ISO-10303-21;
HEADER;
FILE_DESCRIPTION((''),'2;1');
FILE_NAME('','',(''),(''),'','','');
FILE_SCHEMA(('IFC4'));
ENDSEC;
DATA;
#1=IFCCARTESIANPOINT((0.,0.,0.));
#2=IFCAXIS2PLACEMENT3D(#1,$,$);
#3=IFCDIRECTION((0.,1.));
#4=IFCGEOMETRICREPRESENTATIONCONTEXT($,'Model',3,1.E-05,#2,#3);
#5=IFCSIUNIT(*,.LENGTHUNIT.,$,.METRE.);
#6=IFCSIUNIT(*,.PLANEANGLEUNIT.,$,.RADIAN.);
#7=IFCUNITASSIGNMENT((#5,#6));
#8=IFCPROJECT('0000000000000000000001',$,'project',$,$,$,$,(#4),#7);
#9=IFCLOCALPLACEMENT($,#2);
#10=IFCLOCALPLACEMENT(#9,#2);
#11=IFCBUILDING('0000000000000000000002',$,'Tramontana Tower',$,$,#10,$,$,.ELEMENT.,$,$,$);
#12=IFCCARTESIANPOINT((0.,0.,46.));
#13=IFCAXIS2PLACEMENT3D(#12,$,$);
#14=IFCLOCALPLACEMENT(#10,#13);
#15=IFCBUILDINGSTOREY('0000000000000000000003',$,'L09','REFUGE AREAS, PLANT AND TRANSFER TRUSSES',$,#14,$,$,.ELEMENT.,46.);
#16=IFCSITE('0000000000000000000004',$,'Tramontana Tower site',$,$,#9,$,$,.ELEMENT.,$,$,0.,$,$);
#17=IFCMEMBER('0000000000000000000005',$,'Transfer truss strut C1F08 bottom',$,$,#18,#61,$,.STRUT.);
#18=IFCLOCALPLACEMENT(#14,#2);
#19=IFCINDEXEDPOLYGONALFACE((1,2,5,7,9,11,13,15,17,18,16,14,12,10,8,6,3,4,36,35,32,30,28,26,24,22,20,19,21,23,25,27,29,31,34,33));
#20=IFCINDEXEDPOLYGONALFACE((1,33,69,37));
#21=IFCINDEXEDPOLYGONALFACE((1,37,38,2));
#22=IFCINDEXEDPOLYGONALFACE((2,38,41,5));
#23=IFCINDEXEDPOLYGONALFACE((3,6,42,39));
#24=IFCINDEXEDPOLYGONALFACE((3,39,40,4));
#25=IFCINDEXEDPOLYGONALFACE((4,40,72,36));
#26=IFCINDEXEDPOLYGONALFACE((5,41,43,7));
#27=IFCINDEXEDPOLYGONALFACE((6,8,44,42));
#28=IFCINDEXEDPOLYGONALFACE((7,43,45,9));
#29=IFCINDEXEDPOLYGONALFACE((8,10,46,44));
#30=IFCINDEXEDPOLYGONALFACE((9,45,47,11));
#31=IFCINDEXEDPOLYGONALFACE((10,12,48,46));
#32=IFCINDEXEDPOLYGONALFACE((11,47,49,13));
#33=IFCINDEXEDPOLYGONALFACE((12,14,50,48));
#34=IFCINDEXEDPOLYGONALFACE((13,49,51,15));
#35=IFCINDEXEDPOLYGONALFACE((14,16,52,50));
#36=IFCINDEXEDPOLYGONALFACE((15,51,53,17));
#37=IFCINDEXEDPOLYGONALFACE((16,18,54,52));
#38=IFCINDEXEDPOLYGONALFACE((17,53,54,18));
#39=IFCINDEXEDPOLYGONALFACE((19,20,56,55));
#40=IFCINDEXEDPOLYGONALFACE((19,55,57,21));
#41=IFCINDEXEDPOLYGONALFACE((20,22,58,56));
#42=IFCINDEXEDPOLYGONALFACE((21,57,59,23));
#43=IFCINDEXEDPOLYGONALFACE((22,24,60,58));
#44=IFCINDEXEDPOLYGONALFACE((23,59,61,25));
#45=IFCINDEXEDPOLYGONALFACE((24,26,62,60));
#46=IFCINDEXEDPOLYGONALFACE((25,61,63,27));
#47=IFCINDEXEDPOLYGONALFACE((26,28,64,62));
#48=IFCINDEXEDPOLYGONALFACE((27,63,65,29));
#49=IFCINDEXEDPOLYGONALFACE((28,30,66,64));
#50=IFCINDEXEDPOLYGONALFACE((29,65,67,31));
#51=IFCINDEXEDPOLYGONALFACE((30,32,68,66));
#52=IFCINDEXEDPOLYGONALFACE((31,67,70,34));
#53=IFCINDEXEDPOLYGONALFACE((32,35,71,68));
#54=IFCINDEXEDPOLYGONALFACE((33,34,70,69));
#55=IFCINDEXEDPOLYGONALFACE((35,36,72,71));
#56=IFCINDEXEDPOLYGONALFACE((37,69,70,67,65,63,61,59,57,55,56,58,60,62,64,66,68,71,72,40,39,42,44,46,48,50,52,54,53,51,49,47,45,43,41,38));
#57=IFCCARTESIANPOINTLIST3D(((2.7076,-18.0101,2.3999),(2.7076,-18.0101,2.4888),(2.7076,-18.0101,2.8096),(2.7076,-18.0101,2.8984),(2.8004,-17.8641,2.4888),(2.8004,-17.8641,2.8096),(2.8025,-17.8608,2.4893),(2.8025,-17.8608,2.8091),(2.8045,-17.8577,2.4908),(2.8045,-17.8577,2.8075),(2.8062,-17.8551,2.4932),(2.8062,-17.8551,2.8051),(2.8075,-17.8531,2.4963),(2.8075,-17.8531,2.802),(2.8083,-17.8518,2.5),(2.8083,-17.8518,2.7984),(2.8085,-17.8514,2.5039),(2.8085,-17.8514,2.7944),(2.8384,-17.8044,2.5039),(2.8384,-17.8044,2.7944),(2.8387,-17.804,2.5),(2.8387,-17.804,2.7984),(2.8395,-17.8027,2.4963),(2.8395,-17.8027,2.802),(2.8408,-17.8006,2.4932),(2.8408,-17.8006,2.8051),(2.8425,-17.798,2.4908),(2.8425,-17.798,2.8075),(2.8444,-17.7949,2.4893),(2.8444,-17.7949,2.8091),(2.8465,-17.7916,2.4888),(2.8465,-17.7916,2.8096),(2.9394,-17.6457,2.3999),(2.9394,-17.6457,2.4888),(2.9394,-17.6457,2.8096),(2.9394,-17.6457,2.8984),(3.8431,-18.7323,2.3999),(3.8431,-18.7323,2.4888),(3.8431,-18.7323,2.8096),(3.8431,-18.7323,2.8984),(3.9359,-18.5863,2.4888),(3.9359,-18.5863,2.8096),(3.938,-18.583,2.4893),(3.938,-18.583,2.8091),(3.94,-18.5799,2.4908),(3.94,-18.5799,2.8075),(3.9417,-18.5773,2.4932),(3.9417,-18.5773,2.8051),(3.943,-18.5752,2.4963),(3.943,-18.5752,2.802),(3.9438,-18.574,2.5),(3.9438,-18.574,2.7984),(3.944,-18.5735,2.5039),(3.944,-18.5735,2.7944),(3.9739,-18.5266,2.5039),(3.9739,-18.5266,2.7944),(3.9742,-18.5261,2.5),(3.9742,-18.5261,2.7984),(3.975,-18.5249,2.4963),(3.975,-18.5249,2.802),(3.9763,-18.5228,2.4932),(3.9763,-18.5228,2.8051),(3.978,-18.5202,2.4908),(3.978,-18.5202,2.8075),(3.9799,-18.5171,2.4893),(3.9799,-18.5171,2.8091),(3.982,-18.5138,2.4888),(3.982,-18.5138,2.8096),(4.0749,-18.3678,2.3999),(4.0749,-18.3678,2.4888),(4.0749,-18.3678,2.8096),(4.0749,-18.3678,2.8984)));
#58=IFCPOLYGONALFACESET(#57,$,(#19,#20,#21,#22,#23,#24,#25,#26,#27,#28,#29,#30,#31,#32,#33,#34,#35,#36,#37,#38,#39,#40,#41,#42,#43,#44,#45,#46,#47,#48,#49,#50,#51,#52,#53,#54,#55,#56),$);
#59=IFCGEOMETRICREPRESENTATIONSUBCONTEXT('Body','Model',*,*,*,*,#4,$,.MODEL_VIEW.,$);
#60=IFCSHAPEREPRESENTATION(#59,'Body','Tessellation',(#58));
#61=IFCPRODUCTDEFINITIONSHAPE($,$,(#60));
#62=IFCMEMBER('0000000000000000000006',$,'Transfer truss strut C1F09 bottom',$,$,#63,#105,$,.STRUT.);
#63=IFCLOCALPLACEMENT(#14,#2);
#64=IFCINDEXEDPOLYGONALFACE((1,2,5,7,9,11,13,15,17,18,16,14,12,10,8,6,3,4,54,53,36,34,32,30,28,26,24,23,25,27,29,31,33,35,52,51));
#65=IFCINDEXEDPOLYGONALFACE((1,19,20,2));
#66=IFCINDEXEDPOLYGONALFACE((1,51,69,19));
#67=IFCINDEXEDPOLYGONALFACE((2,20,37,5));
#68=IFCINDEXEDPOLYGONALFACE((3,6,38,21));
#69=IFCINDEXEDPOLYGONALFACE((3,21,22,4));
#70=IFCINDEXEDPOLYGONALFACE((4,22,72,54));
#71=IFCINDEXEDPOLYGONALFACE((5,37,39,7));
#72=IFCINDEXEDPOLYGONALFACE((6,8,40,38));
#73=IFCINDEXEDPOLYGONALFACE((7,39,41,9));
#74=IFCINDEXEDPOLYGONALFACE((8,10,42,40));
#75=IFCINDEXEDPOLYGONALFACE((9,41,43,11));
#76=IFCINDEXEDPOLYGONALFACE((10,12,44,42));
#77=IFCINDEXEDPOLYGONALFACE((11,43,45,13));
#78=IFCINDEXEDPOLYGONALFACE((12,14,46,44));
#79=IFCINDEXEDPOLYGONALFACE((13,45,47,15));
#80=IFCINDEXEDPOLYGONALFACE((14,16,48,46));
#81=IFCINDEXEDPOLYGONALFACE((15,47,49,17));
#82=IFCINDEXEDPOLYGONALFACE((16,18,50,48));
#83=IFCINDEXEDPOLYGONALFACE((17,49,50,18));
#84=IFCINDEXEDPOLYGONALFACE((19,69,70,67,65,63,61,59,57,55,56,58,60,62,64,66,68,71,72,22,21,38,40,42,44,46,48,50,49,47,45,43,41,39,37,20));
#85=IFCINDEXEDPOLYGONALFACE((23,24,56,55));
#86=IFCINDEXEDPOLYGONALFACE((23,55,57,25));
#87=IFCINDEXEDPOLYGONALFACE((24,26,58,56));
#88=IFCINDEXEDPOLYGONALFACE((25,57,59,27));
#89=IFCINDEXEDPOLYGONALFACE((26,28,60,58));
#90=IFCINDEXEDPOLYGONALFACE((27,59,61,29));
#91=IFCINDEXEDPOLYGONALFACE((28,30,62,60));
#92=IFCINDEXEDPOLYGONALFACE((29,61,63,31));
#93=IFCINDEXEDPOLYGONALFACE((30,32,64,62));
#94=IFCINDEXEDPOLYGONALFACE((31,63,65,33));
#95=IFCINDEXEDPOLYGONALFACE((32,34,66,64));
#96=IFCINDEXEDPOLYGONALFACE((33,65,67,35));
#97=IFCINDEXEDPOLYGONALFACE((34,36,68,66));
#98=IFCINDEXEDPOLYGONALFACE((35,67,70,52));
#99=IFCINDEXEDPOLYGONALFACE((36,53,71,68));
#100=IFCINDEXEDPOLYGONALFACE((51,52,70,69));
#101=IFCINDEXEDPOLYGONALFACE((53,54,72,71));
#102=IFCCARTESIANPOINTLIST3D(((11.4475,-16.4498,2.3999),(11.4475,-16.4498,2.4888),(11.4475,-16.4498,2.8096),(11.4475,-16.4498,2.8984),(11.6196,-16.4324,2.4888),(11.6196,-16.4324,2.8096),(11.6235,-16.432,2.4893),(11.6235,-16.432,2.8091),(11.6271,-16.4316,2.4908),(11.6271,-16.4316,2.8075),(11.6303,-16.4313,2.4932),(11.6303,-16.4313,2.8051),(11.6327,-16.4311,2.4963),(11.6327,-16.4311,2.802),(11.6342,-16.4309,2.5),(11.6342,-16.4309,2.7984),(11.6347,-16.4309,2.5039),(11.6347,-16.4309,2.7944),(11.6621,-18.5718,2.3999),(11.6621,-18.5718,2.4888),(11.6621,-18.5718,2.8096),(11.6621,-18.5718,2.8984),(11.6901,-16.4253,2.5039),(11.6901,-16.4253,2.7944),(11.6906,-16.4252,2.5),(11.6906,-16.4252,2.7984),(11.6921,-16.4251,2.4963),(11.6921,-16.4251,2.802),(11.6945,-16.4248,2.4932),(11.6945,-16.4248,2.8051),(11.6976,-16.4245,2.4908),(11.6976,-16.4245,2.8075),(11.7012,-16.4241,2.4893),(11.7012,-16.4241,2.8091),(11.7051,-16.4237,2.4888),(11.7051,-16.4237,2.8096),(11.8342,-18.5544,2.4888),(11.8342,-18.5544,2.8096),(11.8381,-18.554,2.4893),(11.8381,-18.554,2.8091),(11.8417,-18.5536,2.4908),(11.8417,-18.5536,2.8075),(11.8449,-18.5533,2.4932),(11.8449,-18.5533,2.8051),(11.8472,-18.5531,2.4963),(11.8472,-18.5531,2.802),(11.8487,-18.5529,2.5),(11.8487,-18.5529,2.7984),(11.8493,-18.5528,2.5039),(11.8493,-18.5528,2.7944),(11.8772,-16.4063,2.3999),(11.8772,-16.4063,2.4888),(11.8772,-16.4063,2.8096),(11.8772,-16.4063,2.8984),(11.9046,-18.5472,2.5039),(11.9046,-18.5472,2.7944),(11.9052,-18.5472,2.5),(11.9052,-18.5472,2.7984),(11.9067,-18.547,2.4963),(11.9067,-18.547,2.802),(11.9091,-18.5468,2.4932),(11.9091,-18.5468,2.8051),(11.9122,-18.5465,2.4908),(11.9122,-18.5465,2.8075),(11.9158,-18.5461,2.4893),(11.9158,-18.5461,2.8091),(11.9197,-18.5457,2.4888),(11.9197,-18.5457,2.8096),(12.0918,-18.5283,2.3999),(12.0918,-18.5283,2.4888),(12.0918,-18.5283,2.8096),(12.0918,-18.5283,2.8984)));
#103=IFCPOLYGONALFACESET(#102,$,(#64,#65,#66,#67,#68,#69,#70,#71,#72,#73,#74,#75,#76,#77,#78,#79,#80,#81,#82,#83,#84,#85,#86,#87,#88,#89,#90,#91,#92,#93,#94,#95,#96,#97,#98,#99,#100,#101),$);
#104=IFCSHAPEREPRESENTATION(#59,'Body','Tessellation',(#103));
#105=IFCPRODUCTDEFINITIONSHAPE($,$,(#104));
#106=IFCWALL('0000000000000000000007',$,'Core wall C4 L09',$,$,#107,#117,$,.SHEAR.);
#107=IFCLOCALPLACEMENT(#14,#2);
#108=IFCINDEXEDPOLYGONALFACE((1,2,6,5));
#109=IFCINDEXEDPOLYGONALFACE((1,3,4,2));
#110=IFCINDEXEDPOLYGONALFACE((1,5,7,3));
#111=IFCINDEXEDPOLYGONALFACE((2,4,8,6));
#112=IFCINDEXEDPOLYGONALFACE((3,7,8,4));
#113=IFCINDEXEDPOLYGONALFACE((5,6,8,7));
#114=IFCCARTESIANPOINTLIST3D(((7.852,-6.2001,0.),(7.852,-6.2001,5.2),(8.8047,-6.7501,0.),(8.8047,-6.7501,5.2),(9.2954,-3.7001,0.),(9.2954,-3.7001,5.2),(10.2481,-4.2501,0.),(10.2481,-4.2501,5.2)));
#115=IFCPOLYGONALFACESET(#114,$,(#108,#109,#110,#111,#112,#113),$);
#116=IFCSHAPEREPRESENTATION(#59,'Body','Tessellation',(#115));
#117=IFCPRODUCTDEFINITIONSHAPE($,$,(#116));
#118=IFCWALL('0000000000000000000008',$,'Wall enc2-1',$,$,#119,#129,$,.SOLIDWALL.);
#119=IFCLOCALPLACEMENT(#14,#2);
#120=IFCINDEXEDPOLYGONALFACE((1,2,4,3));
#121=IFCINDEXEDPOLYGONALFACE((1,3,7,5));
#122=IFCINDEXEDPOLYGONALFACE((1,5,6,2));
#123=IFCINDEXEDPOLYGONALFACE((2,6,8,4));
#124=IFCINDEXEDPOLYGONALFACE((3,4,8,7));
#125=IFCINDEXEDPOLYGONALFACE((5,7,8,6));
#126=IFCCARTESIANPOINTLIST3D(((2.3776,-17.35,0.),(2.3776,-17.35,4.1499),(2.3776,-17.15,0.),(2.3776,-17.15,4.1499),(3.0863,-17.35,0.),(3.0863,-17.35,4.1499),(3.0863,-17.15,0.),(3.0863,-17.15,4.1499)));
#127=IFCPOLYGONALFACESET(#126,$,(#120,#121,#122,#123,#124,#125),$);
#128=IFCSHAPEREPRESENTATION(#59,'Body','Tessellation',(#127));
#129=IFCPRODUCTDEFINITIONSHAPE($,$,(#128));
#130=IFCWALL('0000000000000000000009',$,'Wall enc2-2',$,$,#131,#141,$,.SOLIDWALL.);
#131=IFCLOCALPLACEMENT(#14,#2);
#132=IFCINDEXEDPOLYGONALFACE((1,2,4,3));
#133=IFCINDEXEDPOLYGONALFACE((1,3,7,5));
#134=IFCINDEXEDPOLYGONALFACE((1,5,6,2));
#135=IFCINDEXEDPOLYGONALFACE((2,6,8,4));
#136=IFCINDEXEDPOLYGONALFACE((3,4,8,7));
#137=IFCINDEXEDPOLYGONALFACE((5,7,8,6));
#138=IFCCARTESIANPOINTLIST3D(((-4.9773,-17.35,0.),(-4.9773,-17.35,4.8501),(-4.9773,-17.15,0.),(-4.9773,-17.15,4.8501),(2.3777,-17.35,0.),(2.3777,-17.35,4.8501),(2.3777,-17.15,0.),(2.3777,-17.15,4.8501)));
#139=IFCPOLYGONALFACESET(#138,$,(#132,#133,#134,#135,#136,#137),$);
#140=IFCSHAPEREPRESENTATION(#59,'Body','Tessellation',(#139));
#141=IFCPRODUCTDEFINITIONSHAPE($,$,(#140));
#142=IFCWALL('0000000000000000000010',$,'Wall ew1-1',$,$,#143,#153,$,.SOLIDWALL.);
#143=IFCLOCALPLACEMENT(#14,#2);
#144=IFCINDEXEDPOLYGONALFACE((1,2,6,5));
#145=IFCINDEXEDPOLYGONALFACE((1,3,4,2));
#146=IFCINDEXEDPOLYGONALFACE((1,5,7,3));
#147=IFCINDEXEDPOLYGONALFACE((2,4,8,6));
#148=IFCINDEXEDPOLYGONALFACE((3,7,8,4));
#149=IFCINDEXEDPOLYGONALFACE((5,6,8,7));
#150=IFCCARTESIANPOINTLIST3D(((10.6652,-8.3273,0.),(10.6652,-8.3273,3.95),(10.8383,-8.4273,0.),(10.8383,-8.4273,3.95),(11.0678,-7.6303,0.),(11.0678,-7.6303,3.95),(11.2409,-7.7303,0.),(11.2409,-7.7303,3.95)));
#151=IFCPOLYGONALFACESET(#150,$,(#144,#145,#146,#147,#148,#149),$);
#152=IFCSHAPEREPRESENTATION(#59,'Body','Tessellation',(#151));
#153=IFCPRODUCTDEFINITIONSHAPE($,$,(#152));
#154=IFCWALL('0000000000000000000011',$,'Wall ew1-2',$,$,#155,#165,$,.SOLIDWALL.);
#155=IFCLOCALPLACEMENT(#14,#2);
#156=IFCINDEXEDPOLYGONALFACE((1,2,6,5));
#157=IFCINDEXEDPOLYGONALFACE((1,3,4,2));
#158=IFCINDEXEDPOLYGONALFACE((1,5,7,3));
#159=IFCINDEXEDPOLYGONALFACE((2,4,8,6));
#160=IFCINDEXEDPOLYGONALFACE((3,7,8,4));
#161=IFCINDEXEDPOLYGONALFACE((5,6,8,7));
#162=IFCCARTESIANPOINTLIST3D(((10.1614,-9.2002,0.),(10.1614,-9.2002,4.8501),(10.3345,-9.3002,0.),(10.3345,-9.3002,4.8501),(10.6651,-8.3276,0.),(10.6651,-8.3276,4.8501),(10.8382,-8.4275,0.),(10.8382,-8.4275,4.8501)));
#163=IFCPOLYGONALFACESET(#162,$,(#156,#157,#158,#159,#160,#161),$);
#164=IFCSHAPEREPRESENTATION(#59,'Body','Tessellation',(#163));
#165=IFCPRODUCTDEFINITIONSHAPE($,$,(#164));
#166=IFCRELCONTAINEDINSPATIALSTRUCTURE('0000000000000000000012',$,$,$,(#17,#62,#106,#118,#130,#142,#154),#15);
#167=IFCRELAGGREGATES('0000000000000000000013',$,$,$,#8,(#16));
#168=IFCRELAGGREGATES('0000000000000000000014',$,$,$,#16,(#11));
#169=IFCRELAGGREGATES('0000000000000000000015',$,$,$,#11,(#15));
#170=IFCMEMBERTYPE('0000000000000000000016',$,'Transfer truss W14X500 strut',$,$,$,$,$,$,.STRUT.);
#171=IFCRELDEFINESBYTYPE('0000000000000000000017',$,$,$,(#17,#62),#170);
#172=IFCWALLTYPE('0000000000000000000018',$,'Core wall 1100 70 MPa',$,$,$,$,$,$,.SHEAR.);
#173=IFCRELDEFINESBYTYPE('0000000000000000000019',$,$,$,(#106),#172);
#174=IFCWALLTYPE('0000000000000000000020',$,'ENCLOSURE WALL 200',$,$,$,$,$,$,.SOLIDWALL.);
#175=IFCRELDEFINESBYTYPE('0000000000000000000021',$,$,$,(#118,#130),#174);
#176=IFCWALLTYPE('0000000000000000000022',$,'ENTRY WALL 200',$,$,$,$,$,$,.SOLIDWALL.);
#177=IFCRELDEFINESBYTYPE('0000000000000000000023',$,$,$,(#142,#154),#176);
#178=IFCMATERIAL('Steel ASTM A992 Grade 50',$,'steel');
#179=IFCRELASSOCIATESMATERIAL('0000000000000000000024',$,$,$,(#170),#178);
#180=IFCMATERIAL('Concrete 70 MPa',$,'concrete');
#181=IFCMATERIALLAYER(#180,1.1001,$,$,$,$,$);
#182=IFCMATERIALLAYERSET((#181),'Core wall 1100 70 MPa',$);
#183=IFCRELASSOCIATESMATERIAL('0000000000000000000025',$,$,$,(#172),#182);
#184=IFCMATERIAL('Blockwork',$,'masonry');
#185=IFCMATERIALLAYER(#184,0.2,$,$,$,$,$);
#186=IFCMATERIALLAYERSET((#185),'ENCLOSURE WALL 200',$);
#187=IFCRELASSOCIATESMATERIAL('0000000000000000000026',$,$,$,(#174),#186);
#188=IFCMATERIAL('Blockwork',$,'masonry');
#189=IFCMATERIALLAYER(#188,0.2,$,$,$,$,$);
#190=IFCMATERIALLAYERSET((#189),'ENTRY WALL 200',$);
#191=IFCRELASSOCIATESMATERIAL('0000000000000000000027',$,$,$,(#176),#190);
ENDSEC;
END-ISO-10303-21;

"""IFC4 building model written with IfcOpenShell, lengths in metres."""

from ifc_helpers import new_model, si_unit, direction, frame, frame_2d, origin, origin_2d, place, context, subcontext, project, spatial, rectangle, i_section, extrude, material, layer, layer_set, material_profile, profile_set, type_object, element, save


model = new_model("IFC4")

# Units and contexts
model_context = context("Model", 3, precision=1e-05, world=origin(), true_north=direction((0.0, 1.0)))
body_context = subcontext(model_context, "Body", "Model", "MODEL_VIEW")
ifc_project = project(units=[si_unit("LENGTHUNIT", "METRE"), si_unit("PLANEANGLEUNIT", "RADIAN")], contexts=[model_context])

# Site, building, storey
site_placement = place(None, origin())
site = spatial("IfcSite", under=ifc_project, at=site_placement, Name="Tramontana Tower site", CompositionType="ELEMENT", RefElevation=0.0)
building_placement = place(site_placement, origin())
building = spatial("IfcBuilding", under=site, at=building_placement, Name="Tramontana Tower", CompositionType="ELEMENT")
storey_placement = place(building_placement, frame((0.0, 0.0, 46.0)))
storey = spatial("IfcBuildingStorey", under=building, at=storey_placement, Name="L09", Description="REFUGE AREAS, PLANT AND TRANSFER TRUSSES", CompositionType="ELEMENT", Elevation=46.0)

# Members
ifc_material_1 = material(Name="Steel ASTM A992 Grade 50", Category="steel")
ifc_material_profile_1 = material_profile(ifc_material_1, i_section(OverallWidth=0.4319, OverallDepth=0.4985, WebThickness=0.0557, FlangeThickness=0.0889, FilletRadius=0.0151, at=origin_2d()), Name="W14X500")
ifc_profile_set_1 = profile_set([ifc_material_profile_1], Name="Steel ASTM A992 Grade 50")
member_type_1 = type_object("IfcMemberType", Name="Transfer truss W14X500 strut", PredefinedType="STRUT", material=ifc_profile_set_1)
member_1_placement = place(storey_placement, frame((3.959, -18.55, 2.6492), z_axis=(-0.843803, 0.536652, 0.0), x_axis=(-0.536652, -0.843803, 0.0)))
element("IfcMember", 1, at=member_1_placement, inside=storey, type_object=member_type_1, Name="Transfer truss strut C1F08 bottom", PredefinedType="STRUT", context=body_context, shape_type="SweptSolid", body=[
    extrude(i_section(OverallWidth=0.4319, OverallDepth=0.4985, WebThickness=0.0557, FlangeThickness=0.0889, FilletRadius=0.0151, at=origin_2d()), origin(), (0.0, 0.0, 1.0), 1.3457),
])
member_2_placement = place(storey_placement, frame((11.877, -18.55, 2.6492), z_axis=(-0.100614, 0.994926, 0.0), x_axis=(-0.994926, -0.100614, 0.0)))
element("IfcMember", 2, at=member_2_placement, inside=storey, type_object=member_type_1, Name="Transfer truss strut C1F09 bottom", PredefinedType="STRUT", context=body_context, shape_type="SweptSolid", body=[
    extrude(i_section(OverallWidth=0.4319, OverallDepth=0.4985, WebThickness=0.0557, FlangeThickness=0.0889, FilletRadius=0.0151, at=origin_2d()), origin(), (0.0, 0.0, 1.0), 2.1328),
])

# Walls
ifc_material_2 = material(Name="Concrete 70 MPa", Category="concrete")
ifc_layer_1 = layer(ifc_material_2, 1.1001)
ifc_layer_set_1 = layer_set([ifc_layer_1], Name="Core wall 1100 70 MPa")
wall_type_1 = type_object("IfcWallType", Name="Core wall 1100 70 MPa", PredefinedType="SHEAR", material=ifc_layer_set_1)
wall_1_placement = place(storey_placement, frame((8.3284, -6.4751, 0.0), z_axis=(0.0, 0.0, 1.0), x_axis=(0.499996, 0.866028, 0.0)))
element("IfcWall", 3, at=wall_1_placement, inside=storey, type_object=wall_type_1, Name="Core wall C4 L09", PredefinedType="SHEAR", context=body_context, shape_type="SweptSolid", body=[
    extrude(rectangle(XDim=2.8867, YDim=1.1001, at=frame_2d((1.4434, 0.0))), origin(), (0.0, 0.0, 1.0), 5.2),
])
ifc_material_3 = material(Name="Blockwork", Category="masonry")
ifc_layer_2 = layer(ifc_material_3, 0.2)
ifc_layer_set_2 = layer_set([ifc_layer_2], Name="ENCLOSURE WALL 200")
wall_type_2 = type_object("IfcWallType", Name="ENCLOSURE WALL 200", PredefinedType="SOLIDWALL", material=ifc_layer_set_2)
wall_2_placement = place(storey_placement, frame((3.0864, -17.25, 0.0), z_axis=(0.0, 0.0, 1.0), x_axis=(-1.0, 0.0, 0.0)))
element("IfcWall", 4, at=wall_2_placement, inside=storey, type_object=wall_type_2, Name="Wall enc2-1", PredefinedType="SOLIDWALL", context=body_context, shape_type="SweptSolid", body=[
    extrude(rectangle(XDim=0.7087, YDim=0.2, at=frame_2d((0.3545, 0.0))), origin(), (0.0, 0.0, 1.0), 4.1499),
])
wall_3_placement = place(storey_placement, frame((2.3777, -17.25, 0.0), z_axis=(0.0, 0.0, 1.0), x_axis=(-1.0, 0.0, 0.0)))
element("IfcWall", 5, at=wall_3_placement, inside=storey, type_object=wall_type_2, Name="Wall enc2-2", PredefinedType="SOLIDWALL", context=body_context, shape_type="SweptSolid", body=[
    extrude(rectangle(XDim=7.355, YDim=0.2, at=frame_2d((3.6775, 0.0))), origin(), (0.0, 0.0, 1.0), 4.8501),
])
ifc_material_4 = material(Name="Blockwork", Category="masonry")
ifc_layer_3 = layer(ifc_material_4, 0.2)
ifc_layer_set_3 = layer_set([ifc_layer_3], Name="ENTRY WALL 200")
wall_type_3 = type_object("IfcWallType", Name="ENTRY WALL 200", PredefinedType="SOLIDWALL", material=ifc_layer_set_3)
wall_4_placement = place(storey_placement, frame((11.1543, -7.6804, 0.0), z_axis=(0.0, 0.0, 1.0), x_axis=(-0.500151, -0.865938, 0.0)))
element("IfcWall", 6, at=wall_4_placement, inside=storey, type_object=wall_type_3, Name="Wall ew1-1", PredefinedType="SOLIDWALL", context=body_context, shape_type="SweptSolid", body=[
    extrude(rectangle(XDim=0.8049, YDim=0.2, at=frame_2d((0.4023, 0.0))), origin(), (0.0, 0.0, 1.0), 3.95),
])
wall_5_placement = place(storey_placement, frame((10.7517, -8.3774, 0.0), z_axis=(0.0, 0.0, 1.0), x_axis=(-0.499918, -0.866073, 0.0)))
element("IfcWall", 7, at=wall_5_placement, inside=storey, type_object=wall_type_3, Name="Wall ew1-2", PredefinedType="SOLIDWALL", context=body_context, shape_type="SweptSolid", body=[
    extrude(rectangle(XDim=1.0076, YDim=0.2, at=frame_2d((0.5039, 0.0))), origin(), (0.0, 0.0, 1.0), 4.8501),
])

save(model, "model.ifc")
